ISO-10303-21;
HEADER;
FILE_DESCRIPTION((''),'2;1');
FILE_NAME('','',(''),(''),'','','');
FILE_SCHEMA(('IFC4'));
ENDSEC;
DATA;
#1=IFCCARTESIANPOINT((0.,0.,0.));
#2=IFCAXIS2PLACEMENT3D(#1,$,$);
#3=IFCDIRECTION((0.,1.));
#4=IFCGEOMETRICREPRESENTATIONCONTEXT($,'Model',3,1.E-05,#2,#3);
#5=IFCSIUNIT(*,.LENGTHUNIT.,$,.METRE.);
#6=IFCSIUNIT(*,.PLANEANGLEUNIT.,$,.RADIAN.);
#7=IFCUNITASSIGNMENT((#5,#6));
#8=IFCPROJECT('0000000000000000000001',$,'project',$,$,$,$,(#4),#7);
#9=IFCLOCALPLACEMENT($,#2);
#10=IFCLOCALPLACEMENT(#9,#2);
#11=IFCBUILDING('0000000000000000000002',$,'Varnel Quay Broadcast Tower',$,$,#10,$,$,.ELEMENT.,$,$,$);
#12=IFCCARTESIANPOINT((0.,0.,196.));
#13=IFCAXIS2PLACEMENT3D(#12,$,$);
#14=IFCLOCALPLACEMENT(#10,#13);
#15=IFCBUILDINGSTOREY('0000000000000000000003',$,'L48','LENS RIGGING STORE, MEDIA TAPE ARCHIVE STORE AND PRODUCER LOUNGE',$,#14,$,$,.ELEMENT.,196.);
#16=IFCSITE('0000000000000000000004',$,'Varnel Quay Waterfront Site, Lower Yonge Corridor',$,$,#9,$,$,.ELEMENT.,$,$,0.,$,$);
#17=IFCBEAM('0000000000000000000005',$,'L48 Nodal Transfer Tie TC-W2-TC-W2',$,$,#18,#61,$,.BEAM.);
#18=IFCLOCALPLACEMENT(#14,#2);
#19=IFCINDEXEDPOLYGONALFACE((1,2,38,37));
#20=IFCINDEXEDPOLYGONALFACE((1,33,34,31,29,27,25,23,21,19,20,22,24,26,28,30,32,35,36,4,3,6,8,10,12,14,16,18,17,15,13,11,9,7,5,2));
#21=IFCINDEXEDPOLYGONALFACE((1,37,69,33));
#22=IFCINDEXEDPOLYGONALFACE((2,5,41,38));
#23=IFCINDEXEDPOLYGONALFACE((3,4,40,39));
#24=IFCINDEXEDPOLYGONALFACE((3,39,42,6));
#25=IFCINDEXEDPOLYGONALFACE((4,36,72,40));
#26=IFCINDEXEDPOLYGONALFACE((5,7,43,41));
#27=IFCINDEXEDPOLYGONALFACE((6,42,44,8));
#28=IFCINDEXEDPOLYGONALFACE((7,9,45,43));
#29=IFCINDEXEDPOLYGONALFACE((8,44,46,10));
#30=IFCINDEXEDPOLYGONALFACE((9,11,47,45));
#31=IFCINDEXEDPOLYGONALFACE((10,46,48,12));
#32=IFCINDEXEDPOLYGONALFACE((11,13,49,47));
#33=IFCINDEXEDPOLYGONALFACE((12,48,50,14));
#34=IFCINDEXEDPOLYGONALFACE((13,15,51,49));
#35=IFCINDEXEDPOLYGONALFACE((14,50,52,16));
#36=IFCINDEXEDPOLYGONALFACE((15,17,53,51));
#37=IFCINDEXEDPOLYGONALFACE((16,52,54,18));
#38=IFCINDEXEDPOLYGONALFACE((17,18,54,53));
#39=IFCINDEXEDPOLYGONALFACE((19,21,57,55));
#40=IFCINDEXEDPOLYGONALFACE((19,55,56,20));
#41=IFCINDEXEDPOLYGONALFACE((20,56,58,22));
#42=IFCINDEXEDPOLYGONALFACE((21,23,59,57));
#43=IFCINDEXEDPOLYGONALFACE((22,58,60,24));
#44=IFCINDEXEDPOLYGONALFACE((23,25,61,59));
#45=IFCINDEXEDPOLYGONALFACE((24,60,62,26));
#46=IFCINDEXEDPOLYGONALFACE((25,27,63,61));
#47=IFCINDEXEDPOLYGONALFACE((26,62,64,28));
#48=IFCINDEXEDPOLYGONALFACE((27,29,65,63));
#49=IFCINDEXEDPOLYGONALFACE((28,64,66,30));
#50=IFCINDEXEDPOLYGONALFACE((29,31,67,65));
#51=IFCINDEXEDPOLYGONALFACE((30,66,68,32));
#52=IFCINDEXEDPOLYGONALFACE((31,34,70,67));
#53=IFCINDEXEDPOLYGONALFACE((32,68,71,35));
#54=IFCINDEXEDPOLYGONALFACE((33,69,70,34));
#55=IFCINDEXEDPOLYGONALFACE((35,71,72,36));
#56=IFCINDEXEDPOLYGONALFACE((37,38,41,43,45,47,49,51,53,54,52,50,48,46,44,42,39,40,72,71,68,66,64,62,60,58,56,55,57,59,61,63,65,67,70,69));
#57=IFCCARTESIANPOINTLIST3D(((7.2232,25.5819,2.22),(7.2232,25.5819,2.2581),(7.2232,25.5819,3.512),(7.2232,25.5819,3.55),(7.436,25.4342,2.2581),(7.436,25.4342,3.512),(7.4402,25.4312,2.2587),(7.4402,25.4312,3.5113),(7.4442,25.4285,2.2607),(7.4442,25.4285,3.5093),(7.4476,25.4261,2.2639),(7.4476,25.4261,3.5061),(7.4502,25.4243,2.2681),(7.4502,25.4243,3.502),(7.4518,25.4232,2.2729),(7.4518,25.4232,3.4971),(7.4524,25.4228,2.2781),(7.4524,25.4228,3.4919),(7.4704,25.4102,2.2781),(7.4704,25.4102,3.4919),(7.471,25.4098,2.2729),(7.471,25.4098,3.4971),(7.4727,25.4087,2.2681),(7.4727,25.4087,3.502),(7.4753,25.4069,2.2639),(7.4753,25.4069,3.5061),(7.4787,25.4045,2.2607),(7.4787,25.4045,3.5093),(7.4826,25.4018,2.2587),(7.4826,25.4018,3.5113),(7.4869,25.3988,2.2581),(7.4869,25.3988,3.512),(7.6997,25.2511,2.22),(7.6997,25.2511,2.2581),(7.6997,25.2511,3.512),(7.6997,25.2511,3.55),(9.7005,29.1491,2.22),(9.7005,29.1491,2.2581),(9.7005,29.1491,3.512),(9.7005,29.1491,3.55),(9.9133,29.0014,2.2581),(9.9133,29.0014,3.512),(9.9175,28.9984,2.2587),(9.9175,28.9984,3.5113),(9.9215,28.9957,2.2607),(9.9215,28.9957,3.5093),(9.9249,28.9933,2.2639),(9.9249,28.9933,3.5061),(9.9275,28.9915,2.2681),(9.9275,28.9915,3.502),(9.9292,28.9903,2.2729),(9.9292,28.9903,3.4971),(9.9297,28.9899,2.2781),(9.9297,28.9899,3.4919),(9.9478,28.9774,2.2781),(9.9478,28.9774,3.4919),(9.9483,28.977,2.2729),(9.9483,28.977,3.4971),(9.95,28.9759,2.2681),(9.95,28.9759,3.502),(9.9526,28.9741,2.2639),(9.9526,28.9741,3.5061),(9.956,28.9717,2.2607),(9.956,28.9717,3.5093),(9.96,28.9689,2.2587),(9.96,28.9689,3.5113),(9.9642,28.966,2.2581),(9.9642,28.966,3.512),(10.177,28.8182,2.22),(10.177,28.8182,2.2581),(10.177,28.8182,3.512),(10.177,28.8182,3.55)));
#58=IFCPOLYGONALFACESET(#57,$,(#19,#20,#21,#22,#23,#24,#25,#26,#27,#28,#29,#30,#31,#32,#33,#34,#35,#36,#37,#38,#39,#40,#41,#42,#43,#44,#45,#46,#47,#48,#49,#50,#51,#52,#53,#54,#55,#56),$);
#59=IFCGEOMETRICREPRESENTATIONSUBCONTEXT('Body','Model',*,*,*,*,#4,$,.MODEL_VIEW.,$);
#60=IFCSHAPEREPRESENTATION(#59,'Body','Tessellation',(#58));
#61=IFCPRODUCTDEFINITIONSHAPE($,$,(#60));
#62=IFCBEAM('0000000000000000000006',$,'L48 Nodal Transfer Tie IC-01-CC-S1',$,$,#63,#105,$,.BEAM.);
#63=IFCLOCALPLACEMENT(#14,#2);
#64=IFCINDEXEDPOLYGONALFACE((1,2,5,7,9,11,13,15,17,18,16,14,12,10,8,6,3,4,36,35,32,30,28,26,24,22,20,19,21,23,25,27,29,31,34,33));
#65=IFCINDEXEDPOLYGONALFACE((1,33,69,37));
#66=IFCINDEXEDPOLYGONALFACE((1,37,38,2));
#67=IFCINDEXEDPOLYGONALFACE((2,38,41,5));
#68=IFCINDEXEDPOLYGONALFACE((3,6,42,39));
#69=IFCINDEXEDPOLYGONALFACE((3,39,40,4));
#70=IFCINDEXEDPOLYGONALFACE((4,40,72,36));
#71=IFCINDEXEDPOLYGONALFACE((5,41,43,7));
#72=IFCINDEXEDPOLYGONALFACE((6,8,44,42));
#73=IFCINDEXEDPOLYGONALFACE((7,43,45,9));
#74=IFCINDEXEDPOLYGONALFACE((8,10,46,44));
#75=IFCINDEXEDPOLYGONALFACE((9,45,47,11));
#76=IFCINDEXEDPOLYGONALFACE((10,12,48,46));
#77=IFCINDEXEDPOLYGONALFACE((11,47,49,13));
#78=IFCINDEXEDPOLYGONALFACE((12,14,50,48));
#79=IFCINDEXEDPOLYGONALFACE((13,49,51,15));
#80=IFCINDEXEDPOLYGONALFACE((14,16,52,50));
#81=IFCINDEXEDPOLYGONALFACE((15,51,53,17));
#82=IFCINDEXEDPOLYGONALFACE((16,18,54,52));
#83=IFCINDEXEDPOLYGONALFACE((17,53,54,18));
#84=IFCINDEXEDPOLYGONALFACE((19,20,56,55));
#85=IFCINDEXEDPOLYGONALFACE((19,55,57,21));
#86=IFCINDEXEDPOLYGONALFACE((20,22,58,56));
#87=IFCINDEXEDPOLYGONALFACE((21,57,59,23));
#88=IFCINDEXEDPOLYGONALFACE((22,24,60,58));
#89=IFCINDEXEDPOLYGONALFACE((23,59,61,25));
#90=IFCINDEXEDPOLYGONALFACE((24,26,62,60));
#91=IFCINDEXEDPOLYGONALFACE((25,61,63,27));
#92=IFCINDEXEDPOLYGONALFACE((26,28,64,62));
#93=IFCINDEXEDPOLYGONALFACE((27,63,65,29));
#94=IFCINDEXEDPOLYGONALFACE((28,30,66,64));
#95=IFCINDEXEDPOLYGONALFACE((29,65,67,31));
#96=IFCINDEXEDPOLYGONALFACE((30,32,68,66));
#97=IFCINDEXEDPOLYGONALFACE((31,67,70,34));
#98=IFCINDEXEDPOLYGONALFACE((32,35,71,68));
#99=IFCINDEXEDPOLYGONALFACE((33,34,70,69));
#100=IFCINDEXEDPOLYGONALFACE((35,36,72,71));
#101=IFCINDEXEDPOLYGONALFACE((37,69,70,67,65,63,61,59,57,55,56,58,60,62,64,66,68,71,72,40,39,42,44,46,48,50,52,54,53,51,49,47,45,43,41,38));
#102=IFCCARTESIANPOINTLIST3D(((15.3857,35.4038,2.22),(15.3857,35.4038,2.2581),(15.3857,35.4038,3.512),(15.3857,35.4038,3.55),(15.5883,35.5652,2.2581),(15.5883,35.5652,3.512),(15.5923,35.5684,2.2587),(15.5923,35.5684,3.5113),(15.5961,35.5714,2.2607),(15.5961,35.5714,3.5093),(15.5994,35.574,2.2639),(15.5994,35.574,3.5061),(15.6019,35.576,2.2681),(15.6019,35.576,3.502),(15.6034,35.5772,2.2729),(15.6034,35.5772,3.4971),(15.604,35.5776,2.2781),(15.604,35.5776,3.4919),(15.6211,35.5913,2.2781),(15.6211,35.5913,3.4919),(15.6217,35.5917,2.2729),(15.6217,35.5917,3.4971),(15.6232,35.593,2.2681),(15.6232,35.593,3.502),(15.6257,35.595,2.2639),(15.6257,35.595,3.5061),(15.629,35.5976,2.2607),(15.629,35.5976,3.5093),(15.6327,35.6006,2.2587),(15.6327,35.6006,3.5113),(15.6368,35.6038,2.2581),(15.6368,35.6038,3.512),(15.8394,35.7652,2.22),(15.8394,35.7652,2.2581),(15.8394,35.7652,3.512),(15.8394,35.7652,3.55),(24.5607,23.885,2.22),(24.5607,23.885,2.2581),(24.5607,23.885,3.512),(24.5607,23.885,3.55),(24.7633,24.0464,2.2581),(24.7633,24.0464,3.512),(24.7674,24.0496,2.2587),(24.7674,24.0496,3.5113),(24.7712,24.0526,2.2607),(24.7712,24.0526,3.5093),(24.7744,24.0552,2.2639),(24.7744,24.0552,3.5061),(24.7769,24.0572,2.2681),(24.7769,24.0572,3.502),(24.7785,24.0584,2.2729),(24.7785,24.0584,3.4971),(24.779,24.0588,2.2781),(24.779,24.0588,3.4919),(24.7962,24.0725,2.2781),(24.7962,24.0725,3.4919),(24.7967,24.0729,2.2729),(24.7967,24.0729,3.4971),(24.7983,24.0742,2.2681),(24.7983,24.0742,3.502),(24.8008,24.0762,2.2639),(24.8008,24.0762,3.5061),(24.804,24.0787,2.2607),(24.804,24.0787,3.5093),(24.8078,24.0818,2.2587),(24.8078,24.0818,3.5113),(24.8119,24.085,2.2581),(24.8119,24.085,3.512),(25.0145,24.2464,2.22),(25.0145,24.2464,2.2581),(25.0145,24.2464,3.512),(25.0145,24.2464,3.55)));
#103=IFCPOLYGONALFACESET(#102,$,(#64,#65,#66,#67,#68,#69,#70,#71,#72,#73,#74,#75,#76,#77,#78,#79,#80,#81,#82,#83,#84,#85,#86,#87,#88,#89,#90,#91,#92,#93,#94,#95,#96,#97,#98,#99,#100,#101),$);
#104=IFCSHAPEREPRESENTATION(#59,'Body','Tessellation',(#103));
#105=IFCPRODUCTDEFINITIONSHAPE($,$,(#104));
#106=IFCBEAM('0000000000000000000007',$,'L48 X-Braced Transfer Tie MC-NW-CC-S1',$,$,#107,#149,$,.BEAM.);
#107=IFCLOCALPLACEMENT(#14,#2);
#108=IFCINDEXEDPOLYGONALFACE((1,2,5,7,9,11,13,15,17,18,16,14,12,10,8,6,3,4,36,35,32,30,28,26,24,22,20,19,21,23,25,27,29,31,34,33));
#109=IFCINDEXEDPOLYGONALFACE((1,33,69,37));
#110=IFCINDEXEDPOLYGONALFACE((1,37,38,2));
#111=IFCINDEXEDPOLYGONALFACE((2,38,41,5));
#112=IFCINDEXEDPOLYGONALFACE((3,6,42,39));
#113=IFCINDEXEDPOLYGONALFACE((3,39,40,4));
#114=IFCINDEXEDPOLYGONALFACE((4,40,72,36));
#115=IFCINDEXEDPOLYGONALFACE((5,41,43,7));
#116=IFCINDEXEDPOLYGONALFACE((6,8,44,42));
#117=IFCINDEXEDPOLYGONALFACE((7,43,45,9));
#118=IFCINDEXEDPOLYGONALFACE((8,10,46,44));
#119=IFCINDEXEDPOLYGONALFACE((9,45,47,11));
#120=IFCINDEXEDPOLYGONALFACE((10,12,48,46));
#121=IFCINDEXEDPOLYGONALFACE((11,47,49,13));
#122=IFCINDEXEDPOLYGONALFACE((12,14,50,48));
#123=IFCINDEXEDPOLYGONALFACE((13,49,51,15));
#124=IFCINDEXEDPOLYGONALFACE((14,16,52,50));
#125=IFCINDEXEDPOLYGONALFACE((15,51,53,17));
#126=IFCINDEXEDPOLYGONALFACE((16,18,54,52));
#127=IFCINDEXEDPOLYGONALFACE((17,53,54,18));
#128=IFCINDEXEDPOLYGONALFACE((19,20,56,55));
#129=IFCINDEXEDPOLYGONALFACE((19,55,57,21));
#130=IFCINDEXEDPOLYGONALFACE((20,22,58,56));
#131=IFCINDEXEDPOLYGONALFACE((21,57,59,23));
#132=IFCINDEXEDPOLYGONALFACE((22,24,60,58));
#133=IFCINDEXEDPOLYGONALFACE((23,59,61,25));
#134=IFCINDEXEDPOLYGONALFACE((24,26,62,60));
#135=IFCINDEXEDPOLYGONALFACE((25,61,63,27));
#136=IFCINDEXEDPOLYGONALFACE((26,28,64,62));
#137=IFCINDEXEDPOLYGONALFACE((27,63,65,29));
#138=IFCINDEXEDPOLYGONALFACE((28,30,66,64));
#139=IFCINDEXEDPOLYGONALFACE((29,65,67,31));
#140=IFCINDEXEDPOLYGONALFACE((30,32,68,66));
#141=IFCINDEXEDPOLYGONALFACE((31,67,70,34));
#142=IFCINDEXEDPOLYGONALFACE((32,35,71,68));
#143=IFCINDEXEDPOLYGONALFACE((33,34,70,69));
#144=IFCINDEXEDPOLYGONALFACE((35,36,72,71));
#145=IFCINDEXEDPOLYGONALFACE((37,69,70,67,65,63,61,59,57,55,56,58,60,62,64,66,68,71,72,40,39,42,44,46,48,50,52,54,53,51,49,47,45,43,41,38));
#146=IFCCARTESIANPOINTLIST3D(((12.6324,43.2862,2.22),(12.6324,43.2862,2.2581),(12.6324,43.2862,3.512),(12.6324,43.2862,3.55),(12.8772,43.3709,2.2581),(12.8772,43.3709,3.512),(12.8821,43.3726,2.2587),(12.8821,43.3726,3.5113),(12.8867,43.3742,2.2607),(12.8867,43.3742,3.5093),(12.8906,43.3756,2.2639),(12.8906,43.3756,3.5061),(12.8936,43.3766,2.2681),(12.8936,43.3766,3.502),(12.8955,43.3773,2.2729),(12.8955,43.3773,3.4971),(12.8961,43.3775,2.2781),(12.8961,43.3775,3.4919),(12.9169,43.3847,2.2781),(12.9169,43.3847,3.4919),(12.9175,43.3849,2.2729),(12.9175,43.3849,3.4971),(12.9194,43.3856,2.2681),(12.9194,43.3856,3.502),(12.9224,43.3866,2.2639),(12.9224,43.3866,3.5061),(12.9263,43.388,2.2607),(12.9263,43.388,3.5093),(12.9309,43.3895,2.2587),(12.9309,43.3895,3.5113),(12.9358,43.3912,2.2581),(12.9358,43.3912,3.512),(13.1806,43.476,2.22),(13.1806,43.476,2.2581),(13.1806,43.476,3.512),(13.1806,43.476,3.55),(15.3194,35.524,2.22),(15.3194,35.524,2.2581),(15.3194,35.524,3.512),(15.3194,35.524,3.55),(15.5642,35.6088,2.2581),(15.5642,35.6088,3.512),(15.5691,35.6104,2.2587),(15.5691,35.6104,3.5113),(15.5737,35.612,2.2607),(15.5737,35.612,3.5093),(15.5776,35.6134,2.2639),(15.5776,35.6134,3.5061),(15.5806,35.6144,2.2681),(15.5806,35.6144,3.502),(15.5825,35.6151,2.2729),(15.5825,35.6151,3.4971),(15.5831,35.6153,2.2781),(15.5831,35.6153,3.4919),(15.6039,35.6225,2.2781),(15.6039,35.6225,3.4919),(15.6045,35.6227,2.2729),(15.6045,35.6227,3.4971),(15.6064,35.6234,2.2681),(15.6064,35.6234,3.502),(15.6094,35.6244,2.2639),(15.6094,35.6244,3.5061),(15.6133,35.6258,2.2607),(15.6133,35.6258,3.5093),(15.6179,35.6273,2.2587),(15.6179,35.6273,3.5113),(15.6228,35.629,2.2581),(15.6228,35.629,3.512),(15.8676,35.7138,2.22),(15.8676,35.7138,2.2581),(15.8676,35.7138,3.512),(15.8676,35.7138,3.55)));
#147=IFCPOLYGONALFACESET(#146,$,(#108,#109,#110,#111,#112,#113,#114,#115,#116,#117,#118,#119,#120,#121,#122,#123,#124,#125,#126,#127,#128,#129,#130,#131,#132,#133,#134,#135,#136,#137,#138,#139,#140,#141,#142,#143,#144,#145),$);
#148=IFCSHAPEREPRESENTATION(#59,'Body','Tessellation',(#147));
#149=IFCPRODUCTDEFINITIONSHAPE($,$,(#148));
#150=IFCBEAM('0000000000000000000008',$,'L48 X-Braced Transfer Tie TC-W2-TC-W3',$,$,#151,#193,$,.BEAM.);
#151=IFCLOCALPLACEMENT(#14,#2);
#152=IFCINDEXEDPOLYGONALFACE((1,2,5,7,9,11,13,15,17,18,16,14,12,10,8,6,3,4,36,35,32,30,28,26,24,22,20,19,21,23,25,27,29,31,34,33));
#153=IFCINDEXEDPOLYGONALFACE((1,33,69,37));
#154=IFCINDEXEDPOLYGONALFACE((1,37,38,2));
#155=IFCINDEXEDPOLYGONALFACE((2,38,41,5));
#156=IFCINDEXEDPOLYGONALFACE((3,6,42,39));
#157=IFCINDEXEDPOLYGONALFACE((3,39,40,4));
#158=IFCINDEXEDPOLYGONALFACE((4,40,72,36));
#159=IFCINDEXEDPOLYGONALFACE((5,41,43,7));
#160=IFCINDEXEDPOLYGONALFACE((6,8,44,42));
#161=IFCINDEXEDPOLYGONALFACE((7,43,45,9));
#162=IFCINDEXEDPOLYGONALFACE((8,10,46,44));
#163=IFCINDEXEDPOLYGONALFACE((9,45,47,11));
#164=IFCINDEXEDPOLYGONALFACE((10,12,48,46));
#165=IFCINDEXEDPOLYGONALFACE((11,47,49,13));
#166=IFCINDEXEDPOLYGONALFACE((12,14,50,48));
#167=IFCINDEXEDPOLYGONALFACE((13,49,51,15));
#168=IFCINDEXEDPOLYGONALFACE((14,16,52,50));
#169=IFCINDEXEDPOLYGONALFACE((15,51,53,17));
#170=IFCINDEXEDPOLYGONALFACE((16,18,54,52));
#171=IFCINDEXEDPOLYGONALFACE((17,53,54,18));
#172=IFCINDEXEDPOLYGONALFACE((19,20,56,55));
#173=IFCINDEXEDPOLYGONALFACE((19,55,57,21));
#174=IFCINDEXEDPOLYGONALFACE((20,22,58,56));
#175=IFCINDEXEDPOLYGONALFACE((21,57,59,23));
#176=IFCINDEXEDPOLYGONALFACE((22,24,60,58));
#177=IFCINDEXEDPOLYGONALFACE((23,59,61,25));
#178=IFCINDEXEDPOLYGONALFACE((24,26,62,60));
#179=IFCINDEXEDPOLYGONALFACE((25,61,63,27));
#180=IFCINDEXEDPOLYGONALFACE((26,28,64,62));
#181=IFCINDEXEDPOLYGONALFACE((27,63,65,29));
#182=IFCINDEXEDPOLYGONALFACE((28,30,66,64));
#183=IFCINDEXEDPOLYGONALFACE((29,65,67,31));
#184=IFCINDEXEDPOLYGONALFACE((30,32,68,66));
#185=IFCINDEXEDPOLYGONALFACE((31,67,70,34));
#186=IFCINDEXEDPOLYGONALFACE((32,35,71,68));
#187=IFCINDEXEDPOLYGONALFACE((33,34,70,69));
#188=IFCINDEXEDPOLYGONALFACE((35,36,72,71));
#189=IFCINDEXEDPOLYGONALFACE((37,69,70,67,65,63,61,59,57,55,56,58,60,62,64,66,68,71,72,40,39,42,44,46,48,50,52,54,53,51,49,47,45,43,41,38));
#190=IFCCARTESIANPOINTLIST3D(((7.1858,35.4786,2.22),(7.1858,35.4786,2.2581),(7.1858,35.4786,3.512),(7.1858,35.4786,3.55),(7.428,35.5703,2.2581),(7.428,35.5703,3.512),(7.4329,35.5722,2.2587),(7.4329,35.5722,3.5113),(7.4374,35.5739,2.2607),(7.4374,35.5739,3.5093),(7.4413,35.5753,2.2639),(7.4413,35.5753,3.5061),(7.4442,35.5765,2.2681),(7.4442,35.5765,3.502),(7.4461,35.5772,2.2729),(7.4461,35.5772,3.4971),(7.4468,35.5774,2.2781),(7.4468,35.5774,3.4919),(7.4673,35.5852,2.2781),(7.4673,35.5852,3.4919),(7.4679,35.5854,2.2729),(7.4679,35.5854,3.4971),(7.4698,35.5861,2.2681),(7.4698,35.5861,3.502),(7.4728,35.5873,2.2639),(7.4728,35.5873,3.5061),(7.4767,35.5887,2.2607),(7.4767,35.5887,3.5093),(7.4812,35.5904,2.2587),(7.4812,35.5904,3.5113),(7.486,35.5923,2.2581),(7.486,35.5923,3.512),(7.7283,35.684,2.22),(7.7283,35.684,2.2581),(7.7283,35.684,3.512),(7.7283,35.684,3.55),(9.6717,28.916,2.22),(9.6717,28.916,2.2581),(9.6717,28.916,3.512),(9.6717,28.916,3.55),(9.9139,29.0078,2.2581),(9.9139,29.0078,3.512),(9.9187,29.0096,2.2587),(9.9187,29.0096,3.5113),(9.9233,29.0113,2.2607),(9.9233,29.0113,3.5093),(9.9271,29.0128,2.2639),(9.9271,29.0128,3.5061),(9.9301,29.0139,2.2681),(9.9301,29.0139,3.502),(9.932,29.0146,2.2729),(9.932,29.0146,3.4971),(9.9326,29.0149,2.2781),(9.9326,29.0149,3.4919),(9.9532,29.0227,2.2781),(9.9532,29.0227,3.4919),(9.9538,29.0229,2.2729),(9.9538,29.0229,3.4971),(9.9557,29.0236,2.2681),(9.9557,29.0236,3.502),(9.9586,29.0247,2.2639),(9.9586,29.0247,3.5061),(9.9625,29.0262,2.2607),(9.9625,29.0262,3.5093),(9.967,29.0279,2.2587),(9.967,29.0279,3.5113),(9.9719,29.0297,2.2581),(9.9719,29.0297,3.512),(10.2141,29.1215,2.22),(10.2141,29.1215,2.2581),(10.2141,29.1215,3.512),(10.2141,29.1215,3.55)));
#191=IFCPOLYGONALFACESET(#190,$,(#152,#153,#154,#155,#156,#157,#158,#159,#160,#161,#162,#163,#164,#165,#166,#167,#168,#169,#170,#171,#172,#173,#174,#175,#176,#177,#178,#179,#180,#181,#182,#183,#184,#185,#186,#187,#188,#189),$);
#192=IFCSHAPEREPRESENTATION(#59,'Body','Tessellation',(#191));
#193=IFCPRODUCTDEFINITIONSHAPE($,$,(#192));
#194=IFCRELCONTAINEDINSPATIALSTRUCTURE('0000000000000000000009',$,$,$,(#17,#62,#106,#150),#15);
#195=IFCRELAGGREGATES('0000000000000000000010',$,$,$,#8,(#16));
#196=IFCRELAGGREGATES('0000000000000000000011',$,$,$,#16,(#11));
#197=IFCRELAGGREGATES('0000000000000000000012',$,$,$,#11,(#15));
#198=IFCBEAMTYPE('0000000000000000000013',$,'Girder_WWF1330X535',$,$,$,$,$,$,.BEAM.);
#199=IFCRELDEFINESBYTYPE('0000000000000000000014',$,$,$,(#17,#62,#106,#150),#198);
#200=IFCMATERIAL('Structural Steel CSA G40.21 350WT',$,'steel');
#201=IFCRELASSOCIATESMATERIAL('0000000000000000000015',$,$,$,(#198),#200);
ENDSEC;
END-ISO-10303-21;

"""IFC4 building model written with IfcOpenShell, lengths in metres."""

from ifc_helpers import new_model, si_unit, direction, frame, origin, origin_2d, place, context, subcontext, project, spatial, i_section, extrude, source, transform, mapped, material, material_profile, profile_set, type_object, element, save


model = new_model("IFC4")

# Units and contexts
model_context = context("Model", 3, precision=1e-05, world=origin(), true_north=direction((0.0, 1.0)))
body_context = subcontext(model_context, "Body", "Model", "MODEL_VIEW")
ifc_project = project(units=[si_unit("LENGTHUNIT", "METRE"), si_unit("PLANEANGLEUNIT", "RADIAN")], contexts=[model_context])

# Site, building, storey
site_placement = place(None, origin())
site = spatial("IfcSite", under=ifc_project, at=site_placement, Name="Varnel Quay Waterfront Site, Lower Yonge Corridor", CompositionType="ELEMENT", RefElevation=0.0)
building_placement = place(site_placement, origin())
building = spatial("IfcBuilding", under=site, at=building_placement, Name="Varnel Quay Broadcast Tower", CompositionType="ELEMENT")
storey_placement = place(building_placement, frame((0.0, 0.0, 196.0)))
storey = spatial("IfcBuildingStorey", under=building, at=storey_placement, Name="L48", Description="LENS RIGGING STORE, MEDIA TAPE ARCHIVE STORE AND PRODUCER LOUNGE", CompositionType="ELEMENT", Elevation=196.0)

# Shared definitions
ifc_material_1 = material(Name="Structural Steel CSA G40.21 350WT", Category="steel")

# Beams
ifc_material_profile_1 = material_profile(ifc_material_1, i_section(OverallWidth=0.5801, OverallDepth=1.3301, WebThickness=0.022, FlangeThickness=0.0381, FilletRadius=0.02, at=origin_2d()), Name="WWF1330X535")
ifc_profile_set_1 = profile_set([ifc_material_profile_1], Name="Structural Steel CSA G40.21 350WT")
beam_type_1 = type_object("IfcBeamType", Name="Girder_WWF1330X535", PredefinedType="BEAM", material=ifc_profile_set_1)
shared_shape_1 = source(origin(), body_context, "Body", "SweptSolid", [
    extrude(i_section(OverallWidth=0.5801, OverallDepth=1.3301, WebThickness=0.022, FlangeThickness=0.0381, FilletRadius=0.02, at=origin_2d()), origin(), (0.0, 0.0, 1.0), 4.343),
])
beam_1_placement = place(storey_placement, frame((7.4614, 25.4165, 2.885), z_axis=(0.570414, 0.821358, 0.0), x_axis=(-0.821358, 0.570414, 0.0)))
element("IfcBeam", 1, at=beam_1_placement, inside=storey, type_object=beam_type_1, Name="L48 Nodal Transfer Tie TC-W2-TC-W2", PredefinedType="BEAM", context=body_context, shape_type="MappedRepresentation", body=[
    mapped(shared_shape_1, transform((0.0, 0.0, 0.0), x_axis=(1.0, 0.0, 0.0), y_axis=(0.0, 1.0, 0.0), z_axis=(0.0, 0.0, 1.0), scale=1.0)),
])
shared_shape_2 = source(origin(), body_context, "Body", "SweptSolid", [
    extrude(i_section(OverallWidth=0.5801, OverallDepth=1.3301, WebThickness=0.022, FlangeThickness=0.0381, FilletRadius=0.02, at=origin_2d()), origin(), (0.0, 0.0, 1.0), 14.7263),
])
beam_2_placement = place(storey_placement, frame((15.6125, 35.5845, 2.885), z_axis=(0.623038, -0.782192, 0.0), x_axis=(0.782192, 0.623038, 0.0)))
element("IfcBeam", 2, at=beam_2_placement, inside=storey, type_object=beam_type_1, Name="L48 Nodal Transfer Tie IC-01-CC-S1", PredefinedType="BEAM", context=body_context, shape_type="MappedRepresentation", body=[
    mapped(shared_shape_2, transform((0.0, 0.0, 0.0), x_axis=(1.0, 0.0, 0.0), y_axis=(0.0, 1.0, 0.0), z_axis=(0.0, 0.0, 1.0), scale=1.0)),
])
shared_shape_3 = source(origin(), body_context, "Body", "SweptSolid", [
    extrude(i_section(OverallWidth=0.5801, OverallDepth=1.3301, WebThickness=0.022, FlangeThickness=0.0381, FilletRadius=0.02, at=origin_2d()), origin(), (0.0, 0.0, 1.0), 8.2141),
])
beam_3_placement = place(storey_placement, frame((15.5935, 35.6189, 2.885), z_axis=(-0.327121, 0.944983, 0.0), x_axis=(-0.944983, -0.327121, 0.0)))
element("IfcBeam", 3, at=beam_3_placement, inside=storey, type_object=beam_type_1, Name="L48 X-Braced Transfer Tie MC-NW-CC-S1", PredefinedType="BEAM", context=body_context, shape_type="MappedRepresentation", body=[
    mapped(shared_shape_3, transform((0.0, 0.0, 0.0), x_axis=(1.0, 0.0, 0.0), y_axis=(0.0, 1.0, 0.0), z_axis=(0.0, 0.0, 1.0), scale=1.0)),
])
shared_shape_4 = source(origin(), body_context, "Body", "SweptSolid", [
    extrude(i_section(OverallWidth=0.5801, OverallDepth=1.3301, WebThickness=0.022, FlangeThickness=0.0381, FilletRadius=0.02, at=origin_2d()), origin(), (0.0, 0.0, 1.0), 7.0176),
])
beam_4_placement = place(storey_placement, frame((7.457, 35.5813, 2.885), z_axis=(0.354233, -0.935157, 0.0), x_axis=(0.935157, 0.354233, 0.0)))
element("IfcBeam", 4, at=beam_4_placement, inside=storey, type_object=beam_type_1, Name="L48 X-Braced Transfer Tie TC-W2-TC-W3", PredefinedType="BEAM", context=body_context, shape_type="MappedRepresentation", body=[
    mapped(shared_shape_4, transform((0.0, 0.0, 0.0), x_axis=(1.0, 0.0, 0.0), y_axis=(0.0, 1.0, 0.0), z_axis=(0.0, 0.0, 1.0), scale=1.0)),
])

save(model, "model.ifc")
